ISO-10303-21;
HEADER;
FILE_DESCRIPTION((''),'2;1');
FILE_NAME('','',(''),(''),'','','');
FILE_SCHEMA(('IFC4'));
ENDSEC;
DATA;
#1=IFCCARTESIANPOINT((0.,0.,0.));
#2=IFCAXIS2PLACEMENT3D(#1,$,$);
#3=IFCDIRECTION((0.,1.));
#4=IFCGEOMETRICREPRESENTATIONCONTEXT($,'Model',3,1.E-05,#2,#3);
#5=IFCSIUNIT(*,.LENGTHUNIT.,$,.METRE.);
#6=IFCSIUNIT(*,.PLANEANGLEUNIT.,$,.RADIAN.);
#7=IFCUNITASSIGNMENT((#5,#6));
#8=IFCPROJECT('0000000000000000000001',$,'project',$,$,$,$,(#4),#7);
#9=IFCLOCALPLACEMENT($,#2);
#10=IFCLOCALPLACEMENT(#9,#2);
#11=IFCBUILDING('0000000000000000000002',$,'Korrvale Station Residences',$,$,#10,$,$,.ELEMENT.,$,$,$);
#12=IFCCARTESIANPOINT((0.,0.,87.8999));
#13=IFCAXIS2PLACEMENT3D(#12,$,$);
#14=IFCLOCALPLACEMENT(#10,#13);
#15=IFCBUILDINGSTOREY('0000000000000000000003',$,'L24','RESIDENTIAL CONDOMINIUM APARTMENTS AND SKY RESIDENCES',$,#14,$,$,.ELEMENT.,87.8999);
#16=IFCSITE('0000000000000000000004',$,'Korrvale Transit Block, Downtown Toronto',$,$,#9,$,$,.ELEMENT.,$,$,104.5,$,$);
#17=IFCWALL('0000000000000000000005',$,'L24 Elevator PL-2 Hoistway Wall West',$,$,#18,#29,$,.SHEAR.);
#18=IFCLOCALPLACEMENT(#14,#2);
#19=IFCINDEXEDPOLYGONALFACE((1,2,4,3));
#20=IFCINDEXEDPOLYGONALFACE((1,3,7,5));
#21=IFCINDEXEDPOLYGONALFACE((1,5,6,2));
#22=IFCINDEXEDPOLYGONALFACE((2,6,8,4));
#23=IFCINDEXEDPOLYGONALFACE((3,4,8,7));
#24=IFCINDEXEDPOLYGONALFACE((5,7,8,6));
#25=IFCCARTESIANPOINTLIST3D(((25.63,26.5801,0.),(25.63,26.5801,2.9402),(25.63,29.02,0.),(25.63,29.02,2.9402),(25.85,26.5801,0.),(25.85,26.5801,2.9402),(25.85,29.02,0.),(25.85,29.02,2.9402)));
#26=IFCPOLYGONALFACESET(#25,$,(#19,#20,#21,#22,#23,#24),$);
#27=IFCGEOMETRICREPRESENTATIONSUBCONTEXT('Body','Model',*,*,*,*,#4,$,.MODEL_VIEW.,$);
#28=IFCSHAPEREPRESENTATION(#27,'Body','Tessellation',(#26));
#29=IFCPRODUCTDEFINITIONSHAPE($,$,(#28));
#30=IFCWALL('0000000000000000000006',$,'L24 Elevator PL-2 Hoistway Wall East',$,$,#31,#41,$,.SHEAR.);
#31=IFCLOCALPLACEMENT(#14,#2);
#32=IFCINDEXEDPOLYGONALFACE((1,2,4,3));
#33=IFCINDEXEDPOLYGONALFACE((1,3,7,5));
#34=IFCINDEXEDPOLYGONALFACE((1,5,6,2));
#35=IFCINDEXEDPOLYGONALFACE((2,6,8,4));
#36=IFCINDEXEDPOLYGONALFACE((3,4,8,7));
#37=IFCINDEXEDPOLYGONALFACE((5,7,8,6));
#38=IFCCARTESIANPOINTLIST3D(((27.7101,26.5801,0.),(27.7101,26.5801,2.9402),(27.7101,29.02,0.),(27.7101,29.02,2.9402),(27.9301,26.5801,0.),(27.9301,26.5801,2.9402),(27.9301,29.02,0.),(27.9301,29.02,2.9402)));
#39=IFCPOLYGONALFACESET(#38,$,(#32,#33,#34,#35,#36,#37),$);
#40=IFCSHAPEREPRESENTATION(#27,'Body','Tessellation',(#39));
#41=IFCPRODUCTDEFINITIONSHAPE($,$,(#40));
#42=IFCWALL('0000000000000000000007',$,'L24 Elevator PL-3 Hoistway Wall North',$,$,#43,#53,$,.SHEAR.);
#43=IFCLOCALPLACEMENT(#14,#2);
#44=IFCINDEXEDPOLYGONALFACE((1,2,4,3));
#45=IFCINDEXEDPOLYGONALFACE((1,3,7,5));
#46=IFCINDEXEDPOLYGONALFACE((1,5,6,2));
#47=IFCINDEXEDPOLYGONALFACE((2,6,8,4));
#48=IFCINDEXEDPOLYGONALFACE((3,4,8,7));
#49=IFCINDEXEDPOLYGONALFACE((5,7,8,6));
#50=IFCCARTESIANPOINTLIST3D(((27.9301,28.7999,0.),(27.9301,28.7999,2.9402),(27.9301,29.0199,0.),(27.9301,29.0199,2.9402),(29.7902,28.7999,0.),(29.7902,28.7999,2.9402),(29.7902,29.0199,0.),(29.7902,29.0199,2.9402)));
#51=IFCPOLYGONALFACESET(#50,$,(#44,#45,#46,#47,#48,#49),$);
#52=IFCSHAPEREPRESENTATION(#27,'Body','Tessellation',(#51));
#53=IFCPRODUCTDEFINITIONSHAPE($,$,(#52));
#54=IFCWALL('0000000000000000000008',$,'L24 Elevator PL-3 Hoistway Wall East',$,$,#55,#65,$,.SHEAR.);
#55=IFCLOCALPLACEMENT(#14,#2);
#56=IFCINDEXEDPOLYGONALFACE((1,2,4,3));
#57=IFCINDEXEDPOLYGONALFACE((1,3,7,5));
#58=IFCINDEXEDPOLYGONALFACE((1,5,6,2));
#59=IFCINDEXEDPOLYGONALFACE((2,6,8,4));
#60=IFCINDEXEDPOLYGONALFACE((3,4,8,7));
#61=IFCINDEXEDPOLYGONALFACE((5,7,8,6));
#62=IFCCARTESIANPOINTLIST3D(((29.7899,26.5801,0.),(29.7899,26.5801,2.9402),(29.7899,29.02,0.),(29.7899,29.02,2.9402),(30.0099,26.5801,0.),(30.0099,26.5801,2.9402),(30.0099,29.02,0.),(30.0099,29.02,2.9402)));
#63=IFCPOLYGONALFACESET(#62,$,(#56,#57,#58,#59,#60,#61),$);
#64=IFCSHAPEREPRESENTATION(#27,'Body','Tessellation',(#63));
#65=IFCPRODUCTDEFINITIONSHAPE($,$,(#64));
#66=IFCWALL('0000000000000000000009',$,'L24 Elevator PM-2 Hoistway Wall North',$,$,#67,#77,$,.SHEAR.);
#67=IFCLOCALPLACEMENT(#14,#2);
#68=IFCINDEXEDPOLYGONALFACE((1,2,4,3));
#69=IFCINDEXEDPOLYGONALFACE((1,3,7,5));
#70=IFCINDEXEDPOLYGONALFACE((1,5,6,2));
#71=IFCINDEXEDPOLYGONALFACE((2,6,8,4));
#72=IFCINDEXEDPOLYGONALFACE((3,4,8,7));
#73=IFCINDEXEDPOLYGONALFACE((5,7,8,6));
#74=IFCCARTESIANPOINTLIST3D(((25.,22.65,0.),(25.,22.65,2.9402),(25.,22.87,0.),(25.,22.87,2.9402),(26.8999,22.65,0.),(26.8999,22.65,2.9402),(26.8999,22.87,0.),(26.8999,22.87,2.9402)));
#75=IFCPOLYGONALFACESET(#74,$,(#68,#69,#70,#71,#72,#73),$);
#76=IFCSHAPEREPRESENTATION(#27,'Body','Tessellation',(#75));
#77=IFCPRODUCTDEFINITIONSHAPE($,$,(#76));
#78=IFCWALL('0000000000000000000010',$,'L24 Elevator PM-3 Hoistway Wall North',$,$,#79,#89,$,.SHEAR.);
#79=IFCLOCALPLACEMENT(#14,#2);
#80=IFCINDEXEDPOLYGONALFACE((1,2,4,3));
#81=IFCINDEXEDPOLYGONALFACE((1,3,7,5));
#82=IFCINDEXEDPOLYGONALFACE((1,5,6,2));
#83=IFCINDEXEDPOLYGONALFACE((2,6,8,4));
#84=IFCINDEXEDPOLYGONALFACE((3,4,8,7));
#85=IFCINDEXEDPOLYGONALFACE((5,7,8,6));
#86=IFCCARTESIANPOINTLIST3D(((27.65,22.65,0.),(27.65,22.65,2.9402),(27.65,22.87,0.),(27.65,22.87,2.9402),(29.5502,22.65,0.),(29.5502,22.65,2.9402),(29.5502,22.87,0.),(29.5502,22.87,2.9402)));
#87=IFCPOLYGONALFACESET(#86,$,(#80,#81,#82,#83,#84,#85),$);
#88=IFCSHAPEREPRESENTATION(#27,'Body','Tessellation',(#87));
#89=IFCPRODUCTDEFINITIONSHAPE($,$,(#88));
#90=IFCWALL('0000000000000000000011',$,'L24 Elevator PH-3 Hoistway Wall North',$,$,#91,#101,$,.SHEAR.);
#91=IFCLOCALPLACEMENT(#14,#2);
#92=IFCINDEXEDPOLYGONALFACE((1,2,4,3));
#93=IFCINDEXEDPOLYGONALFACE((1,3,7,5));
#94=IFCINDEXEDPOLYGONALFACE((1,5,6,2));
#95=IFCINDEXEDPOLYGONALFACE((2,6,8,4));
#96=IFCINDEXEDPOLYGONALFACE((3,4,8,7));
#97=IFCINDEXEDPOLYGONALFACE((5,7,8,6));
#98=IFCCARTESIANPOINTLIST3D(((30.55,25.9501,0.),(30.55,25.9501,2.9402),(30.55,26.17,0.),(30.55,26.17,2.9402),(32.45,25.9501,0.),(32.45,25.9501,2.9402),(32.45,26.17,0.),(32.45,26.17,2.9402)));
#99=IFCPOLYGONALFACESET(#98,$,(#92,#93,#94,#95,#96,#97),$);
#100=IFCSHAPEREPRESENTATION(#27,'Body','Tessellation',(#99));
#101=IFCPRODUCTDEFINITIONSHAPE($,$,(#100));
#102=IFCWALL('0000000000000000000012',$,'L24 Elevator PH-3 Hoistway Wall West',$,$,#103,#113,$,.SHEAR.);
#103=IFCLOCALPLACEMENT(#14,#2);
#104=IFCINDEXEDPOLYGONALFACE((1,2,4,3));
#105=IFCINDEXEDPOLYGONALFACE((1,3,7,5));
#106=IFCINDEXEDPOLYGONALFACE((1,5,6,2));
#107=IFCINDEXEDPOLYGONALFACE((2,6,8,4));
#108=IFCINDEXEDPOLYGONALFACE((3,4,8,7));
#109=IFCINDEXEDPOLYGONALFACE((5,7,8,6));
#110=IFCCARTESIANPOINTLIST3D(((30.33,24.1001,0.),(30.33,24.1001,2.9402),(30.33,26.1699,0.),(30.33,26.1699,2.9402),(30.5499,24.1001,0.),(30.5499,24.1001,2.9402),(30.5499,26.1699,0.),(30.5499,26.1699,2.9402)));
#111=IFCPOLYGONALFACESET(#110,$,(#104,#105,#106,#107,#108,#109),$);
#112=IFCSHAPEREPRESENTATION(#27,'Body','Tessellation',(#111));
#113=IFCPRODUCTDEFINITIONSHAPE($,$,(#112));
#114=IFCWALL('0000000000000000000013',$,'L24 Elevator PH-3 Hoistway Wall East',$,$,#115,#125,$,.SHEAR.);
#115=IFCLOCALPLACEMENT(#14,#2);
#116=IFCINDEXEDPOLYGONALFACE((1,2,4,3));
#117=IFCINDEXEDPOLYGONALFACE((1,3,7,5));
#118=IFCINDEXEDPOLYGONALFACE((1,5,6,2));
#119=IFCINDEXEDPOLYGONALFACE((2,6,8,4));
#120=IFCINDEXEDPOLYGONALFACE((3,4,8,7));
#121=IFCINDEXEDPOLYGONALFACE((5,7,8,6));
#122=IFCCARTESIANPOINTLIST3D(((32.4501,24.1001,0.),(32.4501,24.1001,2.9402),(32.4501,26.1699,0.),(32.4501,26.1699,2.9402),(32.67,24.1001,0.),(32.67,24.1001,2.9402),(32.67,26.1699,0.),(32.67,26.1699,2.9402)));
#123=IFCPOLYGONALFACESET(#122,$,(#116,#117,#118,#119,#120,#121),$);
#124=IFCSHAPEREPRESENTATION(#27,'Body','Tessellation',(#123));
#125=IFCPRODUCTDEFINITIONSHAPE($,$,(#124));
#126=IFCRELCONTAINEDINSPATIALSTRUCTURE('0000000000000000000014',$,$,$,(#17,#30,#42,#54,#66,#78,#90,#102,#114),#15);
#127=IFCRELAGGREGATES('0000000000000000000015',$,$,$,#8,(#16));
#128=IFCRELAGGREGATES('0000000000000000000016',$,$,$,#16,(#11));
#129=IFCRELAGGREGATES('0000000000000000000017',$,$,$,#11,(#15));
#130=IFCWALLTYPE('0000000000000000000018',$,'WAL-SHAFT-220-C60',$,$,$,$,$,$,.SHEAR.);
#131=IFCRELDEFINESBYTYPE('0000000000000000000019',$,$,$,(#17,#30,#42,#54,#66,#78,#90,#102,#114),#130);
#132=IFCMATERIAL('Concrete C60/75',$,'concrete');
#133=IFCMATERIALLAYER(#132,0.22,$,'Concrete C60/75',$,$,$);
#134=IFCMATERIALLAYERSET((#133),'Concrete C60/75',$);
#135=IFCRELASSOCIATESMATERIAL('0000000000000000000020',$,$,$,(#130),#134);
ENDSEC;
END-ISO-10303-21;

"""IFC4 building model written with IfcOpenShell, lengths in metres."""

from ifc_helpers import new_model, si_unit, direction, frame, frame_2d, origin, place, context, subcontext, project, spatial, rectangle, extrude, material, layer, layer_set, type_object, element, save


model = new_model("IFC4")

# Units and contexts
model_context = context("Model", 3, precision=1e-05, world=origin(), true_north=direction((0.0, 1.0)))
body_context = subcontext(model_context, "Body", "Model", "MODEL_VIEW")
ifc_project = project(units=[si_unit("LENGTHUNIT", "METRE"), si_unit("PLANEANGLEUNIT", "RADIAN")], contexts=[model_context])

# Site, building, storey
site_placement = place(None, origin())
site = spatial("IfcSite", under=ifc_project, at=site_placement, Name="Korrvale Transit Block, Downtown Toronto", CompositionType="ELEMENT", RefElevation=104.5)
building_placement = place(site_placement, origin())
building = spatial("IfcBuilding", under=site, at=building_placement, Name="Korrvale Station Residences", CompositionType="ELEMENT")
storey_placement = place(building_placement, frame((0.0, 0.0, 87.8999)))
storey = spatial("IfcBuildingStorey", under=building, at=storey_placement, Name="L24", Description="RESIDENTIAL CONDOMINIUM APARTMENTS AND SKY RESIDENCES", CompositionType="ELEMENT", Elevation=87.8999)

# Shared definitions
ifc_material_1 = material(Name="Concrete C60/75", Category="concrete")

# Shared definitions
ifc_layer_1 = layer(ifc_material_1, 0.22, Name="Concrete C60/75")
ifc_layer_set_1 = layer_set([ifc_layer_1], Name="Concrete C60/75")
wall_type_1 = type_object("IfcWallType", Name="WAL-SHAFT-220-C60", PredefinedType="SHEAR", material=ifc_layer_set_1)

# Walls
for number, where, z_axis, x_axis, name in (
    (1, (25.74, 26.5801, 0.0), (0.0, 0.0, 1.0), (0.0, 1.0, 0.0), "L24 Elevator PL-2 Hoistway Wall West"),
    (2, (27.8201, 26.5801, 0.0), (0.0, 0.0, 1.0), (0.0, 1.0, 0.0), "L24 Elevator PL-2 Hoistway Wall East"),
):
    element("IfcWall", number, at=place(storey_placement, frame(where, z_axis=z_axis, x_axis=x_axis)), inside=storey, type_object=wall_type_1, Name=name, PredefinedType="SHEAR", context=body_context, shape_type="SweptSolid", body=[
        extrude(rectangle(XDim=2.4399, YDim=0.22, at=frame_2d((1.22, 0.0))), origin(), (0.0, 0.0, 1.0), 2.9402),
    ])

# Walls
wall_1_placement = place(storey_placement, frame((27.9299, 28.9099, 0.0), z_axis=(0.0, 0.0, 1.0), x_axis=(1.0, 0.0, 0.0)))
element("IfcWall", 3, at=wall_1_placement, inside=storey, type_object=wall_type_1, Name="L24 Elevator PL-3 Hoistway Wall North", PredefinedType="SHEAR", context=body_context, shape_type="SweptSolid", body=[
    extrude(rectangle(XDim=1.8601, YDim=0.22, at=frame_2d((0.9302, 0.0))), origin(), (0.0, 0.0, 1.0), 2.9402),
])
wall_2_placement = place(storey_placement, frame((29.8999, 26.5801, 0.0), z_axis=(0.0, 0.0, 1.0), x_axis=(0.0, 1.0, 0.0)))
element("IfcWall", 4, at=wall_2_placement, inside=storey, type_object=wall_type_1, Name="L24 Elevator PL-3 Hoistway Wall East", PredefinedType="SHEAR", context=body_context, shape_type="SweptSolid", body=[
    extrude(rectangle(XDim=2.4399, YDim=0.22, at=frame_2d((1.22, 0.0))), origin(), (0.0, 0.0, 1.0), 2.9402),
])
wall_3_placement = place(storey_placement, frame((25.0, 22.76, 0.0), z_axis=(0.0, 0.0, 1.0), x_axis=(1.0, 0.0, 0.0)))
element("IfcWall", 5, at=wall_3_placement, inside=storey, type_object=wall_type_1, Name="L24 Elevator PM-2 Hoistway Wall North", PredefinedType="SHEAR", context=body_context, shape_type="SweptSolid", body=[
    extrude(rectangle(XDim=1.8999, YDim=0.22, at=frame_2d((0.95, 0.0))), origin(), (0.0, 0.0, 1.0), 2.9402),
])
wall_4_placement = place(storey_placement, frame((27.6499, 22.76, 0.0), z_axis=(0.0, 0.0, 1.0), x_axis=(1.0, 0.0, 0.0)))
element("IfcWall", 6, at=wall_4_placement, inside=storey, type_object=wall_type_1, Name="L24 Elevator PM-3 Hoistway Wall North", PredefinedType="SHEAR", context=body_context, shape_type="SweptSolid", body=[
    extrude(rectangle(XDim=1.9001, YDim=0.22, at=frame_2d((0.9502, 0.0))), origin(), (0.0, 0.0, 1.0), 2.9402),
])
wall_5_placement = place(storey_placement, frame((30.55, 26.0601, 0.0), z_axis=(0.0, 0.0, 1.0), x_axis=(1.0, 0.0, 0.0)))
element("IfcWall", 7, at=wall_5_placement, inside=storey, type_object=wall_type_1, Name="L24 Elevator PH-3 Hoistway Wall North", PredefinedType="SHEAR", context=body_context, shape_type="SweptSolid", body=[
    extrude(rectangle(XDim=1.8999, YDim=0.22, at=frame_2d((0.95, 0.0))), origin(), (0.0, 0.0, 1.0), 2.9402),
])
for number, where, z_axis, x_axis, name in (
    (8, (30.4399, 24.1001, 0.0), (0.0, 0.0, 1.0), (0.0, 1.0, 0.0), "L24 Elevator PH-3 Hoistway Wall West"),
    (9, (32.5601, 24.1001, 0.0), (0.0, 0.0, 1.0), (0.0, 1.0, 0.0), "L24 Elevator PH-3 Hoistway Wall East"),
):
    element("IfcWall", number, at=place(storey_placement, frame(where, z_axis=z_axis, x_axis=x_axis)), inside=storey, type_object=wall_type_1, Name=name, PredefinedType="SHEAR", context=body_context, shape_type="SweptSolid", body=[
        extrude(rectangle(XDim=2.0698, YDim=0.22, at=frame_2d((1.0349, 0.0))), origin(), (0.0, 0.0, 1.0), 2.9402),
    ])

save(model, "model.ifc")
